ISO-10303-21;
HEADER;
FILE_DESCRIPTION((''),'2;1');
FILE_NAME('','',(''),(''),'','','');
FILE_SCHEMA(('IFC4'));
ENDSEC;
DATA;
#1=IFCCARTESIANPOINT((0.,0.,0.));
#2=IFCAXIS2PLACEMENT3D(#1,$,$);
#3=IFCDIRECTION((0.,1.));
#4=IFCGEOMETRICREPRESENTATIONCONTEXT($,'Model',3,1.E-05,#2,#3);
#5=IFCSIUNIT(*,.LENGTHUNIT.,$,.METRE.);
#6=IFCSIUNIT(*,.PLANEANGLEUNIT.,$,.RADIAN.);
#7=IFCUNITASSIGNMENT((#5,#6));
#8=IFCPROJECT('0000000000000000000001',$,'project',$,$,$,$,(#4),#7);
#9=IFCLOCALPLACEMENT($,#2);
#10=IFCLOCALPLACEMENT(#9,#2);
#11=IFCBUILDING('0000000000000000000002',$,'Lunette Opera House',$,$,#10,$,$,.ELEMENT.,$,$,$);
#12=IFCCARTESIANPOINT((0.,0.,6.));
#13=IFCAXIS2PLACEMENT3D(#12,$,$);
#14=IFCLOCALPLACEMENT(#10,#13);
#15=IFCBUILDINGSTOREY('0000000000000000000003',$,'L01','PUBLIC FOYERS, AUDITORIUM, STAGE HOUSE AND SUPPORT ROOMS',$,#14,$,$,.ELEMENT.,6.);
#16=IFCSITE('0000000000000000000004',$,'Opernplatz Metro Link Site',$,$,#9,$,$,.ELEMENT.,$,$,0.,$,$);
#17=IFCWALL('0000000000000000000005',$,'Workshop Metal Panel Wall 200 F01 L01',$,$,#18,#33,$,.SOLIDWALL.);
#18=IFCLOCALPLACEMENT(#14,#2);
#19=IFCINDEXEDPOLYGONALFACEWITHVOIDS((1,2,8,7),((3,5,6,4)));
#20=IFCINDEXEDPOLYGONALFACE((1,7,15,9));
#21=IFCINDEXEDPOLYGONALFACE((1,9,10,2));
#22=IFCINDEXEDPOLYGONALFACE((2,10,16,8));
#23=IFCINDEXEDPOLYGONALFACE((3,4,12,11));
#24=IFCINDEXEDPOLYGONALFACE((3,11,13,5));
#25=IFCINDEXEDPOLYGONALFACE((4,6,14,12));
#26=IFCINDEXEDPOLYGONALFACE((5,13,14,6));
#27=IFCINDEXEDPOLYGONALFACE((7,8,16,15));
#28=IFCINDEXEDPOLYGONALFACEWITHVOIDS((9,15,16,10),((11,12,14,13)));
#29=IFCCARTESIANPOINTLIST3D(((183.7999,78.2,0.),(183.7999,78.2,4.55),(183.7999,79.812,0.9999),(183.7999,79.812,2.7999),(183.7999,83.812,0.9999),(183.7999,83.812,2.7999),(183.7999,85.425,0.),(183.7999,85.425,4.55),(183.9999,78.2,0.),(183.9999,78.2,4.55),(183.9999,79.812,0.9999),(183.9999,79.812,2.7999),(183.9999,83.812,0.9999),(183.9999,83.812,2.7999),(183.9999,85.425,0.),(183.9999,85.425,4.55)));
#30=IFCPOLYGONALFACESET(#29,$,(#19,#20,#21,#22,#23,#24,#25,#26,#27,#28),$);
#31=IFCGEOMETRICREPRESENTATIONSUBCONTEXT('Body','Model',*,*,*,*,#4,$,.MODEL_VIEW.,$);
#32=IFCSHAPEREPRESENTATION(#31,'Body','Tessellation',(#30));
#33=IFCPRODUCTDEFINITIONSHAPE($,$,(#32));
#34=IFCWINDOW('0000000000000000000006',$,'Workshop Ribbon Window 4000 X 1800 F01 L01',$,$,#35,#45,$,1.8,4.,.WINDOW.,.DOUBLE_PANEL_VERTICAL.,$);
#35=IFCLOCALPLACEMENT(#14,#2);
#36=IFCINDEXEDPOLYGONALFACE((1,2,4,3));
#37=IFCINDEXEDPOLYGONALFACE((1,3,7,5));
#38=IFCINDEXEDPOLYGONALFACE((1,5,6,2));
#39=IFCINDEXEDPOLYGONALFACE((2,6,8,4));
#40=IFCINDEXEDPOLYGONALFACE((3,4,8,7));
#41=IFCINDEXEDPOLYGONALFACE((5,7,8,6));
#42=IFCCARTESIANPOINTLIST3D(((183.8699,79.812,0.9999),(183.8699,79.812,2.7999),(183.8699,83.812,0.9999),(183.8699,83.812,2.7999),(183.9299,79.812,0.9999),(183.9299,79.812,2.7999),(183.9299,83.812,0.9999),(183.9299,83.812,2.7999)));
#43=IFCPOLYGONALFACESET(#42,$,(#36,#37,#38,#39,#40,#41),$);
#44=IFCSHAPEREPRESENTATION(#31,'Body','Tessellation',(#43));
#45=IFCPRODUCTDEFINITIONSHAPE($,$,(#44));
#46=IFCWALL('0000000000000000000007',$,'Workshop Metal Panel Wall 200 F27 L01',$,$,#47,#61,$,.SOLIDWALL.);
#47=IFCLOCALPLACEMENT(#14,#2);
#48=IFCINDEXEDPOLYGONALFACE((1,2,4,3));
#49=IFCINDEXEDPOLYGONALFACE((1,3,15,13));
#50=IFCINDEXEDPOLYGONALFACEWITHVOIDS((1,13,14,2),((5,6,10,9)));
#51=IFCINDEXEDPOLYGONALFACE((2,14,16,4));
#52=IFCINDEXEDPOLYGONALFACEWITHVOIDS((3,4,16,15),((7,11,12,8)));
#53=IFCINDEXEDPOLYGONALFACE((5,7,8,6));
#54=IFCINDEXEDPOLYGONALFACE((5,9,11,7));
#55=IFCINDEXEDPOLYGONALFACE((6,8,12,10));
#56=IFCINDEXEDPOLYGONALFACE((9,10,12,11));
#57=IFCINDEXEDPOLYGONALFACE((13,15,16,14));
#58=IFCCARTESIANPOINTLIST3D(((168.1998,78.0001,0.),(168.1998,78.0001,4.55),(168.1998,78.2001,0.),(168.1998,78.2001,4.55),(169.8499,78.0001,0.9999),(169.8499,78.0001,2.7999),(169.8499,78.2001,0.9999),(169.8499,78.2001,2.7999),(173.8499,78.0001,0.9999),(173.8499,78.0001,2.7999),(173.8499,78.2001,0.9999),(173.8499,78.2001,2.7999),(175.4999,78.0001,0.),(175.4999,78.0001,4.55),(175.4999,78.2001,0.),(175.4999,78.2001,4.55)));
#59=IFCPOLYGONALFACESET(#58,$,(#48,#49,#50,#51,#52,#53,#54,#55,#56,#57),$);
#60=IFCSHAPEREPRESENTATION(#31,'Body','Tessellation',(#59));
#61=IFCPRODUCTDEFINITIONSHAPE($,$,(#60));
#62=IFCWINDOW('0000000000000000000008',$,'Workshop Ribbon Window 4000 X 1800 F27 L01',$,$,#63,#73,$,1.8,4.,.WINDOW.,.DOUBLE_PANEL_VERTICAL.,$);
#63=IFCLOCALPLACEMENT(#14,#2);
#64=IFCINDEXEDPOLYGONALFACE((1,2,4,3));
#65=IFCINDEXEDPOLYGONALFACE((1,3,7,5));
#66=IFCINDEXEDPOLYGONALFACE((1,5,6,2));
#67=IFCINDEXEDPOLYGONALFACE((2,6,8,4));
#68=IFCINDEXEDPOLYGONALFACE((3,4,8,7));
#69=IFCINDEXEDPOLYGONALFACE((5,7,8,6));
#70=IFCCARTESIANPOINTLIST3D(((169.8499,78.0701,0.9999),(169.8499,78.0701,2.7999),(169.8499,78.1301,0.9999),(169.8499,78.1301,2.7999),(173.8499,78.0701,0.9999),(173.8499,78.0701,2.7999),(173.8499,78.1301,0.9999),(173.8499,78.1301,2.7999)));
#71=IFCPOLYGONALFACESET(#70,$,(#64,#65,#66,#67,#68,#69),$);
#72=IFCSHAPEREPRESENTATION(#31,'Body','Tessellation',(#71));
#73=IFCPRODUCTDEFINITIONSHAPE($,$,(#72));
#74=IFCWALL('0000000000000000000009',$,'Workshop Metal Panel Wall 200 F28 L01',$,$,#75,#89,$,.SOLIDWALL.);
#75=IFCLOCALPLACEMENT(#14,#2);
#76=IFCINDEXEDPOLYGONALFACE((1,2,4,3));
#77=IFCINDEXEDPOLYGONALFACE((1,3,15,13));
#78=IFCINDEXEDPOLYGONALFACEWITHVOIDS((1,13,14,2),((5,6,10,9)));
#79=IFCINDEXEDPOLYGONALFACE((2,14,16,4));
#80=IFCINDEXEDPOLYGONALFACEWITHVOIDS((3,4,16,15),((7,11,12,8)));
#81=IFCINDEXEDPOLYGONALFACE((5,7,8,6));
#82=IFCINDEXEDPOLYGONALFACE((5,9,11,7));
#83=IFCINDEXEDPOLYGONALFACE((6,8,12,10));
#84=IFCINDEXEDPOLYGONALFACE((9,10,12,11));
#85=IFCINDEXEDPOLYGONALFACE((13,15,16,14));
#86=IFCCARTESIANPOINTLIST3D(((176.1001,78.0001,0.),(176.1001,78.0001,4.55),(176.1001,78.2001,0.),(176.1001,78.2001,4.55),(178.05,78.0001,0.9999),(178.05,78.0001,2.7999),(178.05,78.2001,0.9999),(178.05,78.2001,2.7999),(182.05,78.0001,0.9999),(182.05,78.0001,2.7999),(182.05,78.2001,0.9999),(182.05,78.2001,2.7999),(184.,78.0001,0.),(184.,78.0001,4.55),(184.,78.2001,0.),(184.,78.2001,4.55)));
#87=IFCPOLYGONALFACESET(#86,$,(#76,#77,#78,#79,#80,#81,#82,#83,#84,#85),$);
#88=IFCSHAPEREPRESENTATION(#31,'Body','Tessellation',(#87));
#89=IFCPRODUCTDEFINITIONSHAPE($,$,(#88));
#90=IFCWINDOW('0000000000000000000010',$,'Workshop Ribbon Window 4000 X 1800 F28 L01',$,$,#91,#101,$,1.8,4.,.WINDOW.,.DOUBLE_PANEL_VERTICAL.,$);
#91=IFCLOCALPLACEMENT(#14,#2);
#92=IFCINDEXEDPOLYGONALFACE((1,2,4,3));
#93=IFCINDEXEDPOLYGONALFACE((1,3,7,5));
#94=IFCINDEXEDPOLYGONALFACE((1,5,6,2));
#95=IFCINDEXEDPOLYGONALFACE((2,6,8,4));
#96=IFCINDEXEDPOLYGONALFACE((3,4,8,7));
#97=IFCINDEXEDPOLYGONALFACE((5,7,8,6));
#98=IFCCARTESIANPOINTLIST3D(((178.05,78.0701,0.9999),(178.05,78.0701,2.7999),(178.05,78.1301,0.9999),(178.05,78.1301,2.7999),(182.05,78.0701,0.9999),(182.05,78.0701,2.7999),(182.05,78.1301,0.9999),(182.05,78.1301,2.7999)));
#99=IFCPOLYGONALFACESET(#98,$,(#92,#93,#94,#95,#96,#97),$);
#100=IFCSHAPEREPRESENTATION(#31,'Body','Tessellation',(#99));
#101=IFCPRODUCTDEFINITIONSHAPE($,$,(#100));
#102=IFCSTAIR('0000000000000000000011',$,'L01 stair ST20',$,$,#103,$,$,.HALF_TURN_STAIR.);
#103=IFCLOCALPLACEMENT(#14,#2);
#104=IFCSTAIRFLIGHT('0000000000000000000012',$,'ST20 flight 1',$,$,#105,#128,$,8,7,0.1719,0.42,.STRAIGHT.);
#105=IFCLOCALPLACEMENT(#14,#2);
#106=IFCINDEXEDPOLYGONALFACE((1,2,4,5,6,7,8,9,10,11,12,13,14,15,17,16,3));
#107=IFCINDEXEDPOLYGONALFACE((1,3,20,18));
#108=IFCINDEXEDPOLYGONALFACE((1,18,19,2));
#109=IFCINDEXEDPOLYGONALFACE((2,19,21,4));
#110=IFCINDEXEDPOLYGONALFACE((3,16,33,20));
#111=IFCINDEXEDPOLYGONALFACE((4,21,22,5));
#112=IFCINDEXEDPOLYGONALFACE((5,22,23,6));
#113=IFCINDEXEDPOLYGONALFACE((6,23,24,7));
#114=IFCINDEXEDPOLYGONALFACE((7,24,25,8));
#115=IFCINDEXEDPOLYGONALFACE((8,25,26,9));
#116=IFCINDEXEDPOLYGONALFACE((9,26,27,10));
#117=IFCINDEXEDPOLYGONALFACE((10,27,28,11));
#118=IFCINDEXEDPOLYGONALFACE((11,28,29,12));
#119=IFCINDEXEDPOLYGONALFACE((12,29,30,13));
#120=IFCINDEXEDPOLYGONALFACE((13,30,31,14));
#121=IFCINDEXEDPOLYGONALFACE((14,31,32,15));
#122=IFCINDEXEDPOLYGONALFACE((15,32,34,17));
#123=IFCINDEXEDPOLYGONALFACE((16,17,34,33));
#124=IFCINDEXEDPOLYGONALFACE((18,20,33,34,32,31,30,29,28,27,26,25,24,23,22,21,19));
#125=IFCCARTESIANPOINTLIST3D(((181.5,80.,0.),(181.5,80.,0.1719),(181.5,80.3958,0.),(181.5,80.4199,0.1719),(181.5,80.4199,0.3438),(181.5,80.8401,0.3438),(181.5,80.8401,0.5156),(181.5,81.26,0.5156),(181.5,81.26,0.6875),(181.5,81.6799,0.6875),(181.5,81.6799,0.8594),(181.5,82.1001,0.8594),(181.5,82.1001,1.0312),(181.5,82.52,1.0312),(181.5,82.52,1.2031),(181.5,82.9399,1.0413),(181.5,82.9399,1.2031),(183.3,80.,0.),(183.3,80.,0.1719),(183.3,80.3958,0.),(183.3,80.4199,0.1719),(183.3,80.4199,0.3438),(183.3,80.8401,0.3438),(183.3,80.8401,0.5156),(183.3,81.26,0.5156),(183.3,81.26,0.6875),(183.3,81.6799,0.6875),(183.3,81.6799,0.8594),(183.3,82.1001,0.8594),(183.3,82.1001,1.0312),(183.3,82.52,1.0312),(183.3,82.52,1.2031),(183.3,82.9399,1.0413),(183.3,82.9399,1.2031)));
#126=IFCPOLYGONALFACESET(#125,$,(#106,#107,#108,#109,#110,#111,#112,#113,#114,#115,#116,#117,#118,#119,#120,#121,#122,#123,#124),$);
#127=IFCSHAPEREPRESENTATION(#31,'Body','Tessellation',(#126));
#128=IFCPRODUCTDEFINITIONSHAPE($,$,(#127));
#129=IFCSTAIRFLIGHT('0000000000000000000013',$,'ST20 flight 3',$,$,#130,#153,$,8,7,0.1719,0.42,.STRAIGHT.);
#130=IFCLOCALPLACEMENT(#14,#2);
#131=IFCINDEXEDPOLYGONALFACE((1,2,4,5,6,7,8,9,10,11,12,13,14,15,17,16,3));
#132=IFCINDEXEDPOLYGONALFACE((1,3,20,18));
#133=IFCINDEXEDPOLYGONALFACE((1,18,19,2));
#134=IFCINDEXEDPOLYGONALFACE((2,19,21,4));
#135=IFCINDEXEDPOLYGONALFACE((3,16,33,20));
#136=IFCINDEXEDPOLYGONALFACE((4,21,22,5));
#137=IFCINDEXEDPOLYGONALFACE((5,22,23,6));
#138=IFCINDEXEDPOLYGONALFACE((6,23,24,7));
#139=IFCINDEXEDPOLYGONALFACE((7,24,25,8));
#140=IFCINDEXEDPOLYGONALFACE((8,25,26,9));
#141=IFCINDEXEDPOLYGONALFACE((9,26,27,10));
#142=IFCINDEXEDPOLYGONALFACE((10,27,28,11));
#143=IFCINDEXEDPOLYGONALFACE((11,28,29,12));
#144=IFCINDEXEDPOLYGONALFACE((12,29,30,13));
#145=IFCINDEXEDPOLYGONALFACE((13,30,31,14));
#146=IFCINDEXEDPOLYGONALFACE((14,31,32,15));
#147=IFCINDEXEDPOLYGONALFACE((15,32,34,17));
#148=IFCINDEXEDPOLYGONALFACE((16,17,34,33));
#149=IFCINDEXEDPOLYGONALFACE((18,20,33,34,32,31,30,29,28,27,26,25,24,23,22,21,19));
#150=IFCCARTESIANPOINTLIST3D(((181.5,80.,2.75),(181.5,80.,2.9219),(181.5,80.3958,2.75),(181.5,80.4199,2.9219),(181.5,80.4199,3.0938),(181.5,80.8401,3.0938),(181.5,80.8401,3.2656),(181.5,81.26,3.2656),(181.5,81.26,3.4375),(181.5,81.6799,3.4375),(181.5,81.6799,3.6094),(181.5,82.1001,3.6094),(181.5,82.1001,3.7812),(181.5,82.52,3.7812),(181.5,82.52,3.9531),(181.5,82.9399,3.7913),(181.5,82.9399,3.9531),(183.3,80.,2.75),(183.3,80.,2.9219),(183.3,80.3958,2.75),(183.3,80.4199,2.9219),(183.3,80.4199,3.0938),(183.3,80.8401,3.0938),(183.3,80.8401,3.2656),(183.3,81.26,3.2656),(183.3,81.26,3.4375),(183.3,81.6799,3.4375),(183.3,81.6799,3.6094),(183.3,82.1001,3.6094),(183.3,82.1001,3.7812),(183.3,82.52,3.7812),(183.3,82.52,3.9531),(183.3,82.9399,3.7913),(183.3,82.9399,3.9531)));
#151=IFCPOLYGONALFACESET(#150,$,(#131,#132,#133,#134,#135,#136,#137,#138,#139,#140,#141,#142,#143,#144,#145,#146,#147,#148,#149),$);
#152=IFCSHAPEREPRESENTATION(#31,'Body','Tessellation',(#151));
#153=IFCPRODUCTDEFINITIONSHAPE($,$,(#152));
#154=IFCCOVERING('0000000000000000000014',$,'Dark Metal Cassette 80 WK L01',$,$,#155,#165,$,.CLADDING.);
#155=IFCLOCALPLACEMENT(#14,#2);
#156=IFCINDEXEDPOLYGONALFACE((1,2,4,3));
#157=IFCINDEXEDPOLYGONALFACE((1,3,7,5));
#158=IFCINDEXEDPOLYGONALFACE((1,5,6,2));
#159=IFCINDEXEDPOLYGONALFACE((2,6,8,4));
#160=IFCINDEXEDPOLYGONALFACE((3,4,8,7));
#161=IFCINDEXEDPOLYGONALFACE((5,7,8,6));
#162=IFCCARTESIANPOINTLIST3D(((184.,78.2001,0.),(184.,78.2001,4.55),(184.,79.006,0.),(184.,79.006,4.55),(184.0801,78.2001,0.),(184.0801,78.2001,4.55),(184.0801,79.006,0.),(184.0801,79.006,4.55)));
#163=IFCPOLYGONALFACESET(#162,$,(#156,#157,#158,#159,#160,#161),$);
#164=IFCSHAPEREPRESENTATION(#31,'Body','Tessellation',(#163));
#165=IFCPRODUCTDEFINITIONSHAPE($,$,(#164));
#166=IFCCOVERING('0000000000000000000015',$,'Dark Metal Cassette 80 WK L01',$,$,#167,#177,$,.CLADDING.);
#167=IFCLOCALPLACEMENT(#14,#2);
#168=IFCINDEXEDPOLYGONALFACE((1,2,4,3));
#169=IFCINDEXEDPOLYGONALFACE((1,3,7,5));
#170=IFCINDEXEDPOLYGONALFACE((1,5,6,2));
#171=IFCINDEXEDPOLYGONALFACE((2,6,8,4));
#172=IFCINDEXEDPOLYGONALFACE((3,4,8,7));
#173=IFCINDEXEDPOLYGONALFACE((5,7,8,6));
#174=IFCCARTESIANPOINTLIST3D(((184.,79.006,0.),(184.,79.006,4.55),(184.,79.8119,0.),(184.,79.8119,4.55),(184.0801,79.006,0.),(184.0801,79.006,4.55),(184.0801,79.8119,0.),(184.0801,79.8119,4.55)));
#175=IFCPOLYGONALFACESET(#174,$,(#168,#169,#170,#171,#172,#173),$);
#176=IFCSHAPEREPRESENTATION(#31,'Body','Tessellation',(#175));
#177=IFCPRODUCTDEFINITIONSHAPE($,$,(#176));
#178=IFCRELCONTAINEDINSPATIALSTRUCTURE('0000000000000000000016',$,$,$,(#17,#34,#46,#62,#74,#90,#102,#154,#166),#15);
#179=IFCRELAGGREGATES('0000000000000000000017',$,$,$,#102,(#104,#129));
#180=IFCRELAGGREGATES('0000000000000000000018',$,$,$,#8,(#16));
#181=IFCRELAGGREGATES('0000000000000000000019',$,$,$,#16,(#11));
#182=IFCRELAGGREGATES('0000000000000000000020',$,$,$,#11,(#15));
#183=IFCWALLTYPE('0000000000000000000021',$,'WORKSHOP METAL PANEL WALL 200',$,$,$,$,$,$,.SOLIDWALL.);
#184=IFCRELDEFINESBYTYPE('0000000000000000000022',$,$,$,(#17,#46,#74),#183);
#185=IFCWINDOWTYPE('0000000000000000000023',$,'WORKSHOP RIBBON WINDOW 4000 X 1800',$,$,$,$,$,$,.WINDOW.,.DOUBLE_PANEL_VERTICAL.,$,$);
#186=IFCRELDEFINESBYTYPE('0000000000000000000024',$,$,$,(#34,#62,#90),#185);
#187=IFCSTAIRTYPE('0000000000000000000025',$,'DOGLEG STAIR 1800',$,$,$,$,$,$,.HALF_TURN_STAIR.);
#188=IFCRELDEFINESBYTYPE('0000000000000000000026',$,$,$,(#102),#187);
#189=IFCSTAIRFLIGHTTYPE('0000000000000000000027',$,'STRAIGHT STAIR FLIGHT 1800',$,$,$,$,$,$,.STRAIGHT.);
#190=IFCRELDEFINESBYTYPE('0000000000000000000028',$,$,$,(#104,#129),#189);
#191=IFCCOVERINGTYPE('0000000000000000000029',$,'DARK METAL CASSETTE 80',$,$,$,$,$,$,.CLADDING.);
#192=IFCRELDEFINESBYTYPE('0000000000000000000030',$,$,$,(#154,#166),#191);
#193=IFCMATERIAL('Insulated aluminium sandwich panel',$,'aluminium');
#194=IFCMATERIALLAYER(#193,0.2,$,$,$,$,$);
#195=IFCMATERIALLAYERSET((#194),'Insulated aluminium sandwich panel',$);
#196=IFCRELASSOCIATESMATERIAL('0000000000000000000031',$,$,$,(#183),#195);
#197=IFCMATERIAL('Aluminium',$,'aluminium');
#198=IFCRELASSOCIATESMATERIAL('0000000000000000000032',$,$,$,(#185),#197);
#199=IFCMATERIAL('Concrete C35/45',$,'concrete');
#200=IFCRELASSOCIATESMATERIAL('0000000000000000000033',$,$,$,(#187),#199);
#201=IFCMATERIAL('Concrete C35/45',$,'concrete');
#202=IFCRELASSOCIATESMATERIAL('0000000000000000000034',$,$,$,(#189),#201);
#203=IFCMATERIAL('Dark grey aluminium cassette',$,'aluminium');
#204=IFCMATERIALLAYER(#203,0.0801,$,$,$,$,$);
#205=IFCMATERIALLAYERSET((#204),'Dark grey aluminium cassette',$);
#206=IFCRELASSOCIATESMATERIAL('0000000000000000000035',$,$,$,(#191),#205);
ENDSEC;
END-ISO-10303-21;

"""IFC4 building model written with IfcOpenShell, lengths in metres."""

from ifc_helpers import new_model, si_unit, direction, frame, frame_2d, origin, origin_2d, place, context, subcontext, project, spatial, polyline, rectangle, outline, extrude, material, layer, layer_set, type_object, element, fill, aggregate, save


model = new_model("IFC4")

# Units and contexts
model_context = context("Model", 3, precision=1e-05, world=origin(), true_north=direction((0.0, 1.0)))
body_context = subcontext(model_context, "Body", "Model", "MODEL_VIEW")
ifc_project = project(units=[si_unit("LENGTHUNIT", "METRE"), si_unit("PLANEANGLEUNIT", "RADIAN")], contexts=[model_context])

# Site, building, storey
site_placement = place(None, origin())
site = spatial("IfcSite", under=ifc_project, at=site_placement, Name="Opernplatz Metro Link Site", CompositionType="ELEMENT", RefElevation=0.0)
building_placement = place(site_placement, origin())
building = spatial("IfcBuilding", under=site, at=building_placement, Name="Lunette Opera House", CompositionType="ELEMENT")
storey_placement = place(building_placement, frame((0.0, 0.0, 6.0)))
storey = spatial("IfcBuildingStorey", under=building, at=storey_placement, Name="L01", Description="PUBLIC FOYERS, AUDITORIUM, STAGE HOUSE AND SUPPORT ROOMS", CompositionType="ELEMENT", Elevation=6.0)

# Walls, openings, windows
ifc_material_1 = material(Name="Insulated aluminium sandwich panel", Category="aluminium")
ifc_layer_1 = layer(ifc_material_1, 0.2)
ifc_layer_set_1 = layer_set([ifc_layer_1], Name="Insulated aluminium sandwich panel")
wall_type_1 = type_object("IfcWallType", Name="WORKSHOP METAL PANEL WALL 200", PredefinedType="SOLIDWALL", material=ifc_layer_set_1)
wall_1_placement = place(storey_placement, frame((183.8999, 78.2, 0.0), z_axis=(0.0, 0.0, 1.0), x_axis=(0.0, 1.0, 0.0)))
wall_1 = element("IfcWall", 1, at=wall_1_placement, inside=storey, type_object=wall_type_1, Name="Workshop Metal Panel Wall 200 F01 L01", PredefinedType="SOLIDWALL", context=body_context, shape_type="SweptSolid", body=[
    extrude(rectangle(XDim=7.2251, YDim=0.2, at=frame_2d((3.6125, 0.0))), origin(), (0.0, 0.0, 1.0), 4.55),
])
opening_1_placement = place(wall_1_placement, frame((1.6121, 0.0, 1.0)))
opening_1 = element("IfcOpeningElement", 2, at=opening_1_placement, cuts=wall_1, PredefinedType="OPENING", context=body_context, shape_type="SweptSolid", body=[
    extrude(rectangle(XDim=4.0, YDim=1.8, at=frame_2d((2.0, 0.8999))), frame((0.0, 0.1121, 0.0), z_axis=(0.0, -1.0, 0.0), x_axis=(1.0, 0.0, 0.0)), (0.0, 0.0, 1.0), 0.2239),
])
ifc_material_2 = material(Name="Aluminium", Category="aluminium")
window_type = type_object("IfcWindowType", Name="WORKSHOP RIBBON WINDOW 4000 X 1800", PartitioningType="DOUBLE_PANEL_VERTICAL", PredefinedType="WINDOW", material=ifc_material_2)
window_1_placement = place(opening_1_placement, origin())
window_1 = element("IfcWindow", 3, at=window_1_placement, inside=storey, type_object=window_type, Name="Workshop Ribbon Window 4000 X 1800 F01 L01", OverallHeight=1.8, OverallWidth=4.0, PartitioningType="DOUBLE_PANEL_VERTICAL", PredefinedType="WINDOW", context=body_context, shape_type="SweptSolid", body=[
    extrude(rectangle(XDim=4.0, YDim=1.8, at=frame_2d((2.0, 0.8999))), frame((0.0, 0.03, 0.0), z_axis=(0.0, -1.0, 0.0), x_axis=(1.0, 0.0, 0.0)), (0.0, 0.0, 1.0), 0.0601),
])
fill(opening_1, window_1)
wall_2_placement = place(storey_placement, frame((168.2, 78.1001, 0.0), z_axis=(0.0, 0.0, 1.0), x_axis=(1.0, 0.0, 0.0)))
wall_2 = element("IfcWall", 4, at=wall_2_placement, inside=storey, type_object=wall_type_1, Name="Workshop Metal Panel Wall 200 F27 L01", PredefinedType="SOLIDWALL", context=body_context, shape_type="SweptSolid", body=[
    extrude(rectangle(XDim=7.3, YDim=0.2, at=frame_2d((3.6499, 0.0))), origin(), (0.0, 0.0, 1.0), 4.55),
])
opening_2_placement = place(wall_2_placement, frame((1.6499, 0.0, 1.0)))
opening_2 = element("IfcOpeningElement", 5, at=opening_2_placement, cuts=wall_2, PredefinedType="OPENING", context=body_context, shape_type="SweptSolid", body=[
    extrude(rectangle(XDim=4.0, YDim=1.8, at=frame_2d((2.0, 0.8999))), frame((0.0, 0.1121, 0.0), z_axis=(0.0, -1.0, 0.0), x_axis=(1.0, 0.0, 0.0)), (0.0, 0.0, 1.0), 0.2239),
])
window_2_placement = place(opening_2_placement, origin())
window_2 = element("IfcWindow", 6, at=window_2_placement, inside=storey, type_object=window_type, Name="Workshop Ribbon Window 4000 X 1800 F27 L01", OverallHeight=1.8, OverallWidth=4.0, PartitioningType="DOUBLE_PANEL_VERTICAL", PredefinedType="WINDOW", context=body_context, shape_type="SweptSolid", body=[
    extrude(rectangle(XDim=4.0, YDim=1.8, at=frame_2d((2.0, 0.8999))), frame((0.0, 0.03, 0.0), z_axis=(0.0, -1.0, 0.0), x_axis=(1.0, 0.0, 0.0)), (0.0, 0.0, 1.0), 0.0601),
])
fill(opening_2, window_2)
wall_3_placement = place(storey_placement, frame((176.1001, 78.1001, 0.0), z_axis=(0.0, 0.0, 1.0), x_axis=(1.0, 0.0, 0.0)))
wall_3 = element("IfcWall", 7, at=wall_3_placement, inside=storey, type_object=wall_type_1, Name="Workshop Metal Panel Wall 200 F28 L01", PredefinedType="SOLIDWALL", context=body_context, shape_type="SweptSolid", body=[
    extrude(rectangle(XDim=7.8999, YDim=0.2, at=frame_2d((3.95, 0.0))), origin(), (0.0, 0.0, 1.0), 4.55),
])
opening_3_placement = place(wall_3_placement, frame((1.95, 0.0, 1.0)))
opening_3 = element("IfcOpeningElement", 8, at=opening_3_placement, cuts=wall_3, PredefinedType="OPENING", context=body_context, shape_type="SweptSolid", body=[
    extrude(rectangle(XDim=4.0, YDim=1.8, at=frame_2d((2.0, 0.8999))), frame((0.0, 0.1121, 0.0), z_axis=(0.0, -1.0, 0.0), x_axis=(1.0, 0.0, 0.0)), (0.0, 0.0, 1.0), 0.2239),
])
window_3_placement = place(opening_3_placement, origin())
window_3 = element("IfcWindow", 9, at=window_3_placement, inside=storey, type_object=window_type, Name="Workshop Ribbon Window 4000 X 1800 F28 L01", OverallHeight=1.8, OverallWidth=4.0, PartitioningType="DOUBLE_PANEL_VERTICAL", PredefinedType="WINDOW", context=body_context, shape_type="SweptSolid", body=[
    extrude(rectangle(XDim=4.0, YDim=1.8, at=frame_2d((2.0, 0.8999))), frame((0.0, 0.03, 0.0), z_axis=(0.0, -1.0, 0.0), x_axis=(1.0, 0.0, 0.0)), (0.0, 0.0, 1.0), 0.0601),
])
fill(opening_3, window_3)

# Stair, stair flights
ifc_material_3 = material(Name="Concrete C35/45", Category="concrete")
stair_type = type_object("IfcStairType", Name="DOGLEG STAIR 1800", PredefinedType="HALF_TURN_STAIR", material=ifc_material_3)
stair_placement = place(storey_placement, origin())
stair = element("IfcStair", 10, at=stair_placement, inside=storey, type_object=stair_type, Name="L01 stair ST20", PredefinedType="HALF_TURN_STAIR")
ifc_material_4 = material(Name="Concrete C35/45", Category="concrete")
stair_flight_type = type_object("IfcStairFlightType", Name="STRAIGHT STAIR FLIGHT 1800", PredefinedType="STRAIGHT", material=ifc_material_4)
stair_flight_1_placement = place(storey_placement, frame((182.3999, 80.0, 0.0), z_axis=(0.0, 0.0, 1.0), x_axis=(0.0, 1.0, 0.0)))
stair_flight_1 = element("IfcStairFlight", 11, at=stair_flight_1_placement, type_object=stair_flight_type, Name="ST20 flight 1", NumberOfRisers=8, NumberOfTreads=7, PredefinedType="STRAIGHT", RiserHeight=0.1719, TreadLength=0.42, context=body_context, shape_type="SweptSolid", body=[
    extrude(outline(polyline([(0.0, 0.0), (0.0, 0.1719), (0.4199, 0.1719), (0.4199, 0.3438), (0.8401, 0.3438), (0.8401, 0.5156), (1.26, 0.5156), (1.26, 0.6875), (1.6799, 0.6875), (1.6799, 0.8594), (2.1001, 0.8594), (2.1001, 1.0312), (2.52, 1.0312), (2.52, 1.2031), (2.9399, 1.2031), (2.9399, 1.375), (2.9399, 1.0413), (0.3958, 0.0), (0.0, 0.0)])), frame((0.0, 0.8999, 0.0), z_axis=(0.0, -1.0, 0.0), x_axis=(1.0, 0.0, 0.0)), (0.0, 0.0, 1.0), 1.8),
])
stair_flight_2_placement = place(storey_placement, frame((182.3999, 80.0, 2.75), z_axis=(0.0, 0.0, 1.0), x_axis=(0.0, 1.0, 0.0)))
stair_flight_2 = element("IfcStairFlight", 12, at=stair_flight_2_placement, type_object=stair_flight_type, Name="ST20 flight 3", NumberOfRisers=8, NumberOfTreads=7, PredefinedType="STRAIGHT", RiserHeight=0.1719, TreadLength=0.42, context=body_context, shape_type="SweptSolid", body=[
    extrude(outline(polyline([(0.0, 0.0), (0.0, 0.1719), (0.4199, 0.1719), (0.4199, 0.3438), (0.8401, 0.3438), (0.8401, 0.5156), (1.26, 0.5156), (1.26, 0.6875), (1.6799, 0.6875), (1.6799, 0.8594), (2.1001, 0.8594), (2.1001, 1.0312), (2.52, 1.0312), (2.52, 1.2031), (2.9399, 1.2031), (2.9399, 1.375), (2.9399, 1.0413), (0.3958, 0.0), (0.0, 0.0)])), frame((0.0, 0.8999, 0.0), z_axis=(0.0, -1.0, 0.0), x_axis=(1.0, 0.0, 0.0)), (0.0, 0.0, 1.0), 1.8),
])
aggregate(stair, [stair_flight_1, stair_flight_2])

# Coverings
ifc_material_5 = material(Name="Dark grey aluminium cassette", Category="aluminium")
ifc_layer_2 = layer(ifc_material_5, 0.0801)
ifc_layer_set_2 = layer_set([ifc_layer_2], Name="Dark grey aluminium cassette")
covering_type = type_object("IfcCoveringType", Name="DARK METAL CASSETTE 80", PredefinedType="CLADDING", material=ifc_layer_set_2)
for number, where, z_axis, x_axis, name in (
    (13, (184.04, 78.603, 0.0), (0.0, 0.0, 1.0), (0.0, 1.0, 0.0), "Dark Metal Cassette 80 WK L01"),
    (14, (184.04, 79.4089, 0.0), (0.0, 0.0, 1.0), (0.0, 1.0, 0.0), "Dark Metal Cassette 80 WK L01"),
):
    element("IfcCovering", number, at=place(storey_placement, frame(where, z_axis=z_axis, x_axis=x_axis)), inside=storey, type_object=covering_type, Name=name, PredefinedType="CLADDING", context=body_context, shape_type="SweptSolid", body=[
        extrude(rectangle(XDim=0.8059, YDim=0.0801, at=origin_2d()), origin(), (0.0, 0.0, 1.0), 4.55),
    ])

save(model, "model.ifc")
